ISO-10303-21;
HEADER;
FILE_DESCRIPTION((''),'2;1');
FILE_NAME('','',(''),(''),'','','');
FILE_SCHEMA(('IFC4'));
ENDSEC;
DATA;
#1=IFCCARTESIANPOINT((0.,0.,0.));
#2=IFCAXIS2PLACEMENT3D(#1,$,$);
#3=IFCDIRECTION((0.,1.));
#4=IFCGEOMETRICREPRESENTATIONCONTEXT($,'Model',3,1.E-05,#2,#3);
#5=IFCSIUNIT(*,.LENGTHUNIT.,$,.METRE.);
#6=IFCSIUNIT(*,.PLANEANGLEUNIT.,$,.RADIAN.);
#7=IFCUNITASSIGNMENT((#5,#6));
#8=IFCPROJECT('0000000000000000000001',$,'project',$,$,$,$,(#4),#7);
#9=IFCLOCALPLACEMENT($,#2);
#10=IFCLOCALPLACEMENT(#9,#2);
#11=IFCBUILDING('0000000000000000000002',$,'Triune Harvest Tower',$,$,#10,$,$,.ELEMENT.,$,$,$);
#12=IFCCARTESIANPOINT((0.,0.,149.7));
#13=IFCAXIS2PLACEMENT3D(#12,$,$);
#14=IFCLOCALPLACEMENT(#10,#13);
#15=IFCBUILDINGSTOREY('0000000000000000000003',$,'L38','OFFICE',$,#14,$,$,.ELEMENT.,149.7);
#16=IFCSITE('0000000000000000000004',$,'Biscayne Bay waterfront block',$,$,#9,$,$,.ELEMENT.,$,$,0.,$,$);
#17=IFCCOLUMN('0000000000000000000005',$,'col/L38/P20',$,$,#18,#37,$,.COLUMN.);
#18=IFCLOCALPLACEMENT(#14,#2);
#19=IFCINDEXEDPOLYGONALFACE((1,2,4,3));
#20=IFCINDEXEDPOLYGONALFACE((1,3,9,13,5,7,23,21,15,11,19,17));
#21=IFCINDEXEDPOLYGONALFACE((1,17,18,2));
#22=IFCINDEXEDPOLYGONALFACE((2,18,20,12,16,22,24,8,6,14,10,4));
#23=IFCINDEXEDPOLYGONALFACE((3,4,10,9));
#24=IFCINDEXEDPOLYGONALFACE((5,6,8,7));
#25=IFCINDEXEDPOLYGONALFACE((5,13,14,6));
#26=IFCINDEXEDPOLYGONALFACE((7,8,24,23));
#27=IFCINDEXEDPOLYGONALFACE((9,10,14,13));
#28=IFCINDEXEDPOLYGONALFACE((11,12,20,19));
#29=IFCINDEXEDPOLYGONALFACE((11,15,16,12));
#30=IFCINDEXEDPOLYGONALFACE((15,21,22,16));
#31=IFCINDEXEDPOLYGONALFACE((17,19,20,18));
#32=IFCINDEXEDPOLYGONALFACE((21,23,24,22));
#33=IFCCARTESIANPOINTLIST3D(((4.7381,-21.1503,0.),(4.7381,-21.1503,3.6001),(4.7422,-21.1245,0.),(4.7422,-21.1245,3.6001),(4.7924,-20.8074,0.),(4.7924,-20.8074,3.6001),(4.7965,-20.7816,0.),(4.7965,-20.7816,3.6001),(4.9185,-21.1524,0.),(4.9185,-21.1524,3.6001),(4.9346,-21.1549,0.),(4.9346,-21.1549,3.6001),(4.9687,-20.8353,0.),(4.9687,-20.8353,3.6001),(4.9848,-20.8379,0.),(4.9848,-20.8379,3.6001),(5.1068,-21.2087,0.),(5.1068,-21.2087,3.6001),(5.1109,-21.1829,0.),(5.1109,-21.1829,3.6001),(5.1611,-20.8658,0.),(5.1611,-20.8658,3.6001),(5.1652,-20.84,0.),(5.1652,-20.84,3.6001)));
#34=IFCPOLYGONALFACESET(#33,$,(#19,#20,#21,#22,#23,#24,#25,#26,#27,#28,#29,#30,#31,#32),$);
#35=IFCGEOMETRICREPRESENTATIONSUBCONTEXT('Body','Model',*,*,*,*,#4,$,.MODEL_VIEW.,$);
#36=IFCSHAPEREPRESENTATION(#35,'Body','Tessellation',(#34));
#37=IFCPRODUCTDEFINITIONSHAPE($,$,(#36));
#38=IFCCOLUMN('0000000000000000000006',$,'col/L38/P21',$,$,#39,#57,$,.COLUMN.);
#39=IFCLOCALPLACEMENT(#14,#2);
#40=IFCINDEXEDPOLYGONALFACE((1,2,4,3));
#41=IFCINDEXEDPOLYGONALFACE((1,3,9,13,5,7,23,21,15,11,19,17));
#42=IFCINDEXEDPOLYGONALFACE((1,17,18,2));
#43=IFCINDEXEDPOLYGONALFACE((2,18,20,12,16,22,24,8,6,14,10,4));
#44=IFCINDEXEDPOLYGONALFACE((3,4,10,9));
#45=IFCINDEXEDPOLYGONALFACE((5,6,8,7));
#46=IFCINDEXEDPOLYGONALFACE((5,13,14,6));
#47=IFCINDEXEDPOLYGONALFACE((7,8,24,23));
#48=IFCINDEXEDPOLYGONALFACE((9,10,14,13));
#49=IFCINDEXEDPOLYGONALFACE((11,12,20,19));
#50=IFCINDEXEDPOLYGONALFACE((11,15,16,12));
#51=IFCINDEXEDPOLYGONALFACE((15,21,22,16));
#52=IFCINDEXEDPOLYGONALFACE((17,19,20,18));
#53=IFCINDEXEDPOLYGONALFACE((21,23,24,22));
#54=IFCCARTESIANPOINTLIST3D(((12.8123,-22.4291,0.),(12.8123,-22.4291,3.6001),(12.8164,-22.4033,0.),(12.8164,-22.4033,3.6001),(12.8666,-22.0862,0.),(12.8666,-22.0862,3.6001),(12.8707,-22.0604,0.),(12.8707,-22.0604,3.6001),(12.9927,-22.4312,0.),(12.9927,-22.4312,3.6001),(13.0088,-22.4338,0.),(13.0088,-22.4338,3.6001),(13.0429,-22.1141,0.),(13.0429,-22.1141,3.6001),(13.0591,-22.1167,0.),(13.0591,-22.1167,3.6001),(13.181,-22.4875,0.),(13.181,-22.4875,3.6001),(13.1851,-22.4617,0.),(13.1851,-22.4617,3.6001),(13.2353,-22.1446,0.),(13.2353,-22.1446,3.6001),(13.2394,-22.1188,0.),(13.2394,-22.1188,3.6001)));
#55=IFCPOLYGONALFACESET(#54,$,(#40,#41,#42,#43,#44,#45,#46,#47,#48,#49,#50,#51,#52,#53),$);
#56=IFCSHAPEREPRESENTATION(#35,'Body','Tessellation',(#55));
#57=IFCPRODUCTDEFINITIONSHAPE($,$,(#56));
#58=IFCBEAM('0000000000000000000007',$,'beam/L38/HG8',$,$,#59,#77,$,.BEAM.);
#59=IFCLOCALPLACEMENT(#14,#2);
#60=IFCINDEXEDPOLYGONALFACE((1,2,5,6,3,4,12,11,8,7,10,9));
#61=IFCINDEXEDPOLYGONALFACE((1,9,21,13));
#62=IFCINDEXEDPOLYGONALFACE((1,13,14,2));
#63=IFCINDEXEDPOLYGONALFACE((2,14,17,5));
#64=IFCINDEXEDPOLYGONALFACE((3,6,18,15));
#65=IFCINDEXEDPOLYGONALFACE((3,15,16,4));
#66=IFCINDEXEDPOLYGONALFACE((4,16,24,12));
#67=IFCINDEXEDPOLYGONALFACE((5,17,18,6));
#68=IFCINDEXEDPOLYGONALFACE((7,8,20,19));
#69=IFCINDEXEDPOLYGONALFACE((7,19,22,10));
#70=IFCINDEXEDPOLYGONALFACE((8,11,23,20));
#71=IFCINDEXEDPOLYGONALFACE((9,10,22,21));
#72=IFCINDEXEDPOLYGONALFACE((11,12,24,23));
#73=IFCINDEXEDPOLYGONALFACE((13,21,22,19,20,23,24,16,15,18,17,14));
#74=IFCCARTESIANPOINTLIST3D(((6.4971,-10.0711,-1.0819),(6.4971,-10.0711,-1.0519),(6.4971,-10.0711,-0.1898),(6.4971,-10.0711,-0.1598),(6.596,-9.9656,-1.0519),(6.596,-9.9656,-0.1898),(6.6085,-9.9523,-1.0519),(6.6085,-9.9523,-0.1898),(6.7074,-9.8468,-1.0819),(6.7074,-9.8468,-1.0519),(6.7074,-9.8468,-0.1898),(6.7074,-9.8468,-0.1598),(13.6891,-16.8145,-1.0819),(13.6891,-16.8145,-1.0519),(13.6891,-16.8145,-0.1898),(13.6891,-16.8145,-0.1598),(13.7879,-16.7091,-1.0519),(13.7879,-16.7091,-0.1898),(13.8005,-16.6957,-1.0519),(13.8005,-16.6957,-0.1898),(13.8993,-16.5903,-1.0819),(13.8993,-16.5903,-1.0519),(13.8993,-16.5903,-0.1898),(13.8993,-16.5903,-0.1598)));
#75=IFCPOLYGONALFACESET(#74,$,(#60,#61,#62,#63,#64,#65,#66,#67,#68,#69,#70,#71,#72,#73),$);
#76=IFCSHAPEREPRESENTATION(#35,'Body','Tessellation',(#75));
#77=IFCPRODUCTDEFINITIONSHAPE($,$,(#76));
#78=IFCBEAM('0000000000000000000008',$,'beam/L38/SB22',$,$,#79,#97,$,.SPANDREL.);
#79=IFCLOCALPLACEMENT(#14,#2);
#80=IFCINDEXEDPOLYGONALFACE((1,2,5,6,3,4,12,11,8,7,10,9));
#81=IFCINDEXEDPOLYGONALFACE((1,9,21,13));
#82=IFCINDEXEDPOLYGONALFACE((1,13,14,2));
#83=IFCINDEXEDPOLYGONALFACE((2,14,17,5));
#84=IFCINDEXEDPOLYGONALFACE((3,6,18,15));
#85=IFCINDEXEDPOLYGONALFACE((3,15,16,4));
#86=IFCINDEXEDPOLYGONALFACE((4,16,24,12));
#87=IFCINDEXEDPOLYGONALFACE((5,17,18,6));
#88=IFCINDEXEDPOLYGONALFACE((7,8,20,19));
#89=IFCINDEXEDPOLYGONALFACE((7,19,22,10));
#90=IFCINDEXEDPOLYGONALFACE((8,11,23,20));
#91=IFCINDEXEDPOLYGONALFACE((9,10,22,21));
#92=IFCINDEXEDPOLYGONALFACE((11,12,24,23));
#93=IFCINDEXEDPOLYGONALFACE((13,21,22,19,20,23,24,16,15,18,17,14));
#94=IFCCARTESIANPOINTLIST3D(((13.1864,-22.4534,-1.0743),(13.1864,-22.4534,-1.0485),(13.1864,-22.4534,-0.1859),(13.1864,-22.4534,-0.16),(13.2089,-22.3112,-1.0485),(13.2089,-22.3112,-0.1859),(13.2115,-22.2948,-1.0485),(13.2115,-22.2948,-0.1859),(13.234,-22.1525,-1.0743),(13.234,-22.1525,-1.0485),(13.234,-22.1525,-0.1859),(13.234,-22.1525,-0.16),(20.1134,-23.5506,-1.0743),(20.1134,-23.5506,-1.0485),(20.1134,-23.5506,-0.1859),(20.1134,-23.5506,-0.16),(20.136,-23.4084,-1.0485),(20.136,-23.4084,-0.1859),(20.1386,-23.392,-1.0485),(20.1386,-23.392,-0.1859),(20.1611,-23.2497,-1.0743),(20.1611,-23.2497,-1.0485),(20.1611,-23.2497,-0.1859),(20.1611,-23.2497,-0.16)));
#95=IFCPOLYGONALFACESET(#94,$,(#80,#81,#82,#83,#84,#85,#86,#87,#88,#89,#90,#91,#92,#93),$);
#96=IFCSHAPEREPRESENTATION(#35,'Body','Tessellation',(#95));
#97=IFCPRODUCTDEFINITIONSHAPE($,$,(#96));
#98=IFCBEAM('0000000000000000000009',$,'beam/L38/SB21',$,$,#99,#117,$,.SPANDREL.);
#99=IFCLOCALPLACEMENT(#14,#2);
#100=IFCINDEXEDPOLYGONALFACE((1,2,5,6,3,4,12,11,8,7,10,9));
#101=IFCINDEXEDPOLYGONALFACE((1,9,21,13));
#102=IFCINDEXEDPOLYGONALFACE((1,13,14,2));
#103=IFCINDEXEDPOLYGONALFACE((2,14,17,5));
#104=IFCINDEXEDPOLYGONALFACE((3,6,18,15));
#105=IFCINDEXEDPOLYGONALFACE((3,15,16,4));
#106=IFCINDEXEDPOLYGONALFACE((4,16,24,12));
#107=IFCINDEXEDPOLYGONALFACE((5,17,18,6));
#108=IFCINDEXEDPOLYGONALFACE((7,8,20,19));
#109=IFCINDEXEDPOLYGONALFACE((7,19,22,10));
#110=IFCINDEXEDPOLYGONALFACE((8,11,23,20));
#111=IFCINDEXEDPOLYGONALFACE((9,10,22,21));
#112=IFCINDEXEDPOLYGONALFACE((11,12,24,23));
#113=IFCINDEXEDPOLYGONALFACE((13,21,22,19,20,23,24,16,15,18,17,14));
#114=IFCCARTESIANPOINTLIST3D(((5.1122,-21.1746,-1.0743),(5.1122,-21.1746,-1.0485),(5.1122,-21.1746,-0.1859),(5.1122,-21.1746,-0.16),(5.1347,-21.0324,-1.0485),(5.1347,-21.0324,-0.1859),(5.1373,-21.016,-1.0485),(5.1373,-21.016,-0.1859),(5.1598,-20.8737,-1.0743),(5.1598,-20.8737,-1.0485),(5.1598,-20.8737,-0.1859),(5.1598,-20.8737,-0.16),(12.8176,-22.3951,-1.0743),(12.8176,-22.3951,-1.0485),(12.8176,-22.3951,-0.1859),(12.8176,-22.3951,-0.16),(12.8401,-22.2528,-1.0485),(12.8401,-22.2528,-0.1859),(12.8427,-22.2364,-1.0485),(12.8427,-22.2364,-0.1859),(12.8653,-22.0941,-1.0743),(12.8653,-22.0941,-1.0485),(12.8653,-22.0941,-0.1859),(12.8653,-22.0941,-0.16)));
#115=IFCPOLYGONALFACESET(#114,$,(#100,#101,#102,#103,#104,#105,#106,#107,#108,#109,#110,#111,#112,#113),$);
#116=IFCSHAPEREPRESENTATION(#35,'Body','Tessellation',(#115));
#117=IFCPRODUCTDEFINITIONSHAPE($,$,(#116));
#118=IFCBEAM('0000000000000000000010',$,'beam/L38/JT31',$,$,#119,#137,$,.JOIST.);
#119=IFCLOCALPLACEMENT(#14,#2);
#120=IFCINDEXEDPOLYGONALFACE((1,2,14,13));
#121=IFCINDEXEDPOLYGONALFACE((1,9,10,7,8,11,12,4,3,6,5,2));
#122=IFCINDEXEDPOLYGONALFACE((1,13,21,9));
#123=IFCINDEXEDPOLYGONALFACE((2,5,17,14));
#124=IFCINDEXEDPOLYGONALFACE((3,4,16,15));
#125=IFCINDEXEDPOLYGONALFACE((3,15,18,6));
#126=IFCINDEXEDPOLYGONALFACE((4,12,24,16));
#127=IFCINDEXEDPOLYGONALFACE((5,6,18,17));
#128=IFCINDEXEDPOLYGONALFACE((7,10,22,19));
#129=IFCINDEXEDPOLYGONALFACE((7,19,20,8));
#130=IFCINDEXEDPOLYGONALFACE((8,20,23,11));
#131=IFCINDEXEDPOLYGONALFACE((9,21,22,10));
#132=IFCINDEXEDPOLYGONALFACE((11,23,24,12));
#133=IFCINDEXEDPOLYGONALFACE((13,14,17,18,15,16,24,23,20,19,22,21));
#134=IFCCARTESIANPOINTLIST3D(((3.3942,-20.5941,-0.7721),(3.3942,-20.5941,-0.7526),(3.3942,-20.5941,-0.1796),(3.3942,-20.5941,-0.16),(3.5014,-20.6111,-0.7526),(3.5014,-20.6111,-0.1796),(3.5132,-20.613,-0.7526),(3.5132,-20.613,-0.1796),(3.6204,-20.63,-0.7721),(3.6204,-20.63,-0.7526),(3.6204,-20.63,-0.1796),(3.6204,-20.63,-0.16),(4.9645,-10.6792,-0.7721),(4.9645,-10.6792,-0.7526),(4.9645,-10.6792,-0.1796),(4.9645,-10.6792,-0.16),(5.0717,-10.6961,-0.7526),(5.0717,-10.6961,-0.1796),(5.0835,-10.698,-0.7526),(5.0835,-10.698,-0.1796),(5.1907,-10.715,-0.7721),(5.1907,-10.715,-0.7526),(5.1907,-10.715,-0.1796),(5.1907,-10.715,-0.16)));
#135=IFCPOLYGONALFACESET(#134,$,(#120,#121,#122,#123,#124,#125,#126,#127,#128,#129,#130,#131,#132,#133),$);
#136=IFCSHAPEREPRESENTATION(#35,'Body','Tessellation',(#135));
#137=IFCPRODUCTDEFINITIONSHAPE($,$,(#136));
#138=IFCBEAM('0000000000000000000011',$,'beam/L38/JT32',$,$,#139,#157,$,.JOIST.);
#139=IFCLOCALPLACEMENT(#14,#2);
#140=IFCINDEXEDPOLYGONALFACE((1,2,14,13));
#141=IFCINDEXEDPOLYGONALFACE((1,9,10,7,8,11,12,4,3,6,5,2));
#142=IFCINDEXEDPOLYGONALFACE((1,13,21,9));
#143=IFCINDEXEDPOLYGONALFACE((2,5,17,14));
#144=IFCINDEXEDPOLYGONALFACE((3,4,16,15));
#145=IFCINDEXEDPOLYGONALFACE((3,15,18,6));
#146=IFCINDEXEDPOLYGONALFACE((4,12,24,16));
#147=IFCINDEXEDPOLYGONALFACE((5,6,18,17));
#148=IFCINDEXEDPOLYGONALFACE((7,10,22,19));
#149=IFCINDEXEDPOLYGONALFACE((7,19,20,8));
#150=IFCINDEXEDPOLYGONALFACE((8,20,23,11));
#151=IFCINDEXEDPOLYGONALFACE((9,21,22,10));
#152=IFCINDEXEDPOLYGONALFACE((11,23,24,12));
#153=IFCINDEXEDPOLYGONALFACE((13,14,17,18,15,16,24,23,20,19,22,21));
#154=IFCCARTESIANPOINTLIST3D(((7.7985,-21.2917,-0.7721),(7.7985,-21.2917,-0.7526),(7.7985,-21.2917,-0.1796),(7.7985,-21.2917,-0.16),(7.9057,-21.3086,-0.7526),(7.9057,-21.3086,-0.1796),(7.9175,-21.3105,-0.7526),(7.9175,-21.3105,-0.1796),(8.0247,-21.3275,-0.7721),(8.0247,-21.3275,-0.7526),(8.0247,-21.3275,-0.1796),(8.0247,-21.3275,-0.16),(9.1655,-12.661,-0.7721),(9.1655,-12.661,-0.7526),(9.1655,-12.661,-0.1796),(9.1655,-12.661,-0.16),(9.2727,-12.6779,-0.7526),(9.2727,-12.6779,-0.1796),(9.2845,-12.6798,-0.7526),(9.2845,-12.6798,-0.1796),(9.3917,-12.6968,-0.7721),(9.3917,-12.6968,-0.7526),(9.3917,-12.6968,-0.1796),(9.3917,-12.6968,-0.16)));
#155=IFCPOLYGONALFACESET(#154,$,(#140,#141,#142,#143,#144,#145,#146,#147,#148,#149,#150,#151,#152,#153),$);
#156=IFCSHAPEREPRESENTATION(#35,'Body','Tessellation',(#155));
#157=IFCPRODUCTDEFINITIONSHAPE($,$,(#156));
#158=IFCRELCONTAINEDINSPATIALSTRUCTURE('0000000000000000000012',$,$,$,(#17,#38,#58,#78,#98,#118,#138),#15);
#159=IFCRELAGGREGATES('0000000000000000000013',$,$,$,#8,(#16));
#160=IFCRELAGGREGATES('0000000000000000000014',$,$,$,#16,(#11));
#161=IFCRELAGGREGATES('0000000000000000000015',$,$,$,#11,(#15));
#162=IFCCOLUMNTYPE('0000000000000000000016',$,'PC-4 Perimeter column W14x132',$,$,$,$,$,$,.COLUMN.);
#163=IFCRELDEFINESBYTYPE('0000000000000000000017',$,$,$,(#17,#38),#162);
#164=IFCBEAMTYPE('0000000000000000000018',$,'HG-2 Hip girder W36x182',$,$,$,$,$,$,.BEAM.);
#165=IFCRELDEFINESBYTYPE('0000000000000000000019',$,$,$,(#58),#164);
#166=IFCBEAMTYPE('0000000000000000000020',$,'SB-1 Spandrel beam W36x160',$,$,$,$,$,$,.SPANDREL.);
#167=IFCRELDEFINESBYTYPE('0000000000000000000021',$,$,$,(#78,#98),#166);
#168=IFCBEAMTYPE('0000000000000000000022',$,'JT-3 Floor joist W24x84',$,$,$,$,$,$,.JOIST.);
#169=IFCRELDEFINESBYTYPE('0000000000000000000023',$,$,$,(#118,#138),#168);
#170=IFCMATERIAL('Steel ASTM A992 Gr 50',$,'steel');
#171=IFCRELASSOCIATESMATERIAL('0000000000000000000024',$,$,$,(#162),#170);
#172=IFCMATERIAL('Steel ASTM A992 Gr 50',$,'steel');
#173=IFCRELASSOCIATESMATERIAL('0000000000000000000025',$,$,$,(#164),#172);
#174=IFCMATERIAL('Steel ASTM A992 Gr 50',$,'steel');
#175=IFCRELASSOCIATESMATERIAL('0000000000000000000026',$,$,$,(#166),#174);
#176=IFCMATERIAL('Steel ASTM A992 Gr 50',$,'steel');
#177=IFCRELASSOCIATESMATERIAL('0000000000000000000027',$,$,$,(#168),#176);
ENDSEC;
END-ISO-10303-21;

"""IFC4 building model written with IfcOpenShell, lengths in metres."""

from ifc_helpers import new_model, si_unit, direction, frame, origin, origin_2d, place, context, subcontext, project, spatial, i_section, extrude, source, transform, mapped, material, material_profile, profile_set, type_object, element, save


model = new_model("IFC4")

# Units and contexts
model_context = context("Model", 3, precision=1e-05, world=origin(), true_north=direction((0.0, 1.0)))
body_context = subcontext(model_context, "Body", "Model", "MODEL_VIEW")
ifc_project = project(units=[si_unit("LENGTHUNIT", "METRE"), si_unit("PLANEANGLEUNIT", "RADIAN")], contexts=[model_context])

# Site, building, storey
site_placement = place(None, origin())
site = spatial("IfcSite", under=ifc_project, at=site_placement, Name="Biscayne Bay waterfront block", CompositionType="ELEMENT", RefElevation=0.0)
building_placement = place(site_placement, origin())
building = spatial("IfcBuilding", under=site, at=building_placement, Name="Triune Harvest Tower", CompositionType="ELEMENT")
storey_placement = place(building_placement, frame((0.0, 0.0, 149.7)))
storey = spatial("IfcBuildingStorey", under=building, at=storey_placement, Name="L38", Description="OFFICE", CompositionType="ELEMENT", Elevation=149.7)

# Columns
ifc_material_1 = material(Name="Steel ASTM A992 Gr 50", Category="steel")
ifc_material_profile_1 = material_profile(ifc_material_1, i_section(OverallWidth=0.3733, OverallDepth=0.3733, WebThickness=0.0164, FlangeThickness=0.0261, at=origin_2d()), Name="W14x132")
ifc_profile_set_1 = profile_set([ifc_material_profile_1], Name="Steel ASTM A992 Gr 50")
column_type = type_object("IfcColumnType", Name="PC-4 Perimeter column W14x132", PredefinedType="COLUMN", material=ifc_profile_set_1)
shared_shape_1 = source(origin(), body_context, "Body", "SweptSolid", [
    extrude(i_section(OverallWidth=0.3733, OverallDepth=0.3733, WebThickness=0.0164, FlangeThickness=0.0261, at=origin_2d()), origin(), (0.0, 0.0, 1.0), 3.6001),
])
for number, where, z_axis, x_axis, name in (
    (1, (4.9517, -20.9951, 0.0), (0.0, 0.0, 1.0), (0.987688, -0.156434, 0.0), "col/L38/P20"),
    (2, (13.0259, -22.2739, 0.0), (0.0, 0.0, 1.0), (0.987688, -0.156434, 0.0), "col/L38/P21"),
):
    element("IfcColumn", number, at=place(storey_placement, frame(where, z_axis=z_axis, x_axis=x_axis)), inside=storey, type_object=column_type, Name=name, PredefinedType="COLUMN", context=body_context, shape_type="MappedRepresentation", body=[
        mapped(shared_shape_1, transform((0.0, 0.0, 0.0), scale=1.0)),
    ])

# Beams
ifc_material_2 = material(Name="Steel ASTM A992 Gr 50", Category="steel")
ifc_material_profile_2 = material_profile(ifc_material_2, i_section(OverallWidth=0.3074, OverallDepth=0.9221, WebThickness=0.0183, FlangeThickness=0.03, at=origin_2d()), Name="W36x182")
ifc_profile_set_2 = profile_set([ifc_material_profile_2], Name="Steel ASTM A992 Gr 50")
beam_type_1 = type_object("IfcBeamType", Name="HG-2 Hip girder W36x182", PredefinedType="BEAM", material=ifc_profile_set_2)
shared_shape_2 = source(origin(), body_context, "Body", "SweptSolid", [
    extrude(i_section(OverallWidth=0.3074, OverallDepth=0.9221, WebThickness=0.0183, FlangeThickness=0.03, at=origin_2d()), origin(), (0.0, 0.0, 1.0), 9.8589),
])
beam_1_placement = place(storey_placement, frame((13.7942, -16.7024, -0.6208), z_axis=(-0.729486, 0.683995, 0.0), x_axis=(-0.683995, -0.729486, 0.0)))
element("IfcBeam", 3, at=beam_1_placement, inside=storey, type_object=beam_type_1, Name="beam/L38/HG8", PredefinedType="BEAM", context=body_context, shape_type="MappedRepresentation", body=[
    mapped(shared_shape_2, transform((0.0, 0.0, 0.0), scale=1.0)),
])
ifc_material_3 = material(Name="Steel ASTM A992 Gr 50", Category="steel")
ifc_material_profile_3 = material_profile(ifc_material_3, i_section(OverallWidth=0.3047, OverallDepth=0.9143, WebThickness=0.0166, FlangeThickness=0.0259, at=origin_2d()), Name="W36x160")
ifc_profile_set_3 = profile_set([ifc_material_profile_3], Name="Steel ASTM A992 Gr 50")
beam_type_2 = type_object("IfcBeamType", Name="SB-1 Spandrel beam W36x160", PredefinedType="SPANDREL", material=ifc_profile_set_3)
shared_shape_3 = source(origin(), body_context, "Body", "SweptSolid", [
    extrude(i_section(OverallWidth=0.3047, OverallDepth=0.9143, WebThickness=0.0166, FlangeThickness=0.0259, at=origin_2d()), origin(), (0.0, 0.0, 1.0), 7.0134),
])
beam_2_placement = place(storey_placement, frame((13.2102, -22.303, -0.6172), z_axis=(0.987687, -0.15644, 0.0), x_axis=(0.15644, 0.987687, 0.0)))
element("IfcBeam", 4, at=beam_2_placement, inside=storey, type_object=beam_type_2, Name="beam/L38/SB22", PredefinedType="SPANDREL", context=body_context, shape_type="MappedRepresentation", body=[
    mapped(shared_shape_3, transform((0.0, 0.0, 0.0), scale=1.0)),
])
shared_shape_4 = source(origin(), body_context, "Body", "SweptSolid", [
    extrude(i_section(OverallWidth=0.3047, OverallDepth=0.9143, WebThickness=0.0166, FlangeThickness=0.0259, at=origin_2d()), origin(), (0.0, 0.0, 1.0), 7.8015),
])
beam_3_placement = place(storey_placement, frame((5.136, -21.0242, -0.6172), z_axis=(0.987688, -0.156437, 0.0), x_axis=(0.156437, 0.987688, 0.0)))
element("IfcBeam", 5, at=beam_3_placement, inside=storey, type_object=beam_type_2, Name="beam/L38/SB21", PredefinedType="SPANDREL", context=body_context, shape_type="MappedRepresentation", body=[
    mapped(shared_shape_4, transform((0.0, 0.0, 0.0), scale=1.0)),
])
ifc_material_4 = material(Name="Steel ASTM A992 Gr 50", Category="steel")
ifc_material_profile_4 = material_profile(ifc_material_4, i_section(OverallWidth=0.229, OverallDepth=0.6121, WebThickness=0.012, FlangeThickness=0.0195, at=origin_2d()), Name="W24x84")
ifc_profile_set_4 = profile_set([ifc_material_profile_4], Name="Steel ASTM A992 Gr 50")
beam_type_3 = type_object("IfcBeamType", Name="JT-3 Floor joist W24x84", PredefinedType="JOIST", material=ifc_profile_set_4)
shared_shape_5 = source(origin(), body_context, "Body", "SweptSolid", [
    extrude(i_section(OverallWidth=0.229, OverallDepth=0.6121, WebThickness=0.012, FlangeThickness=0.0195, at=origin_2d()), origin(), (0.0, 0.0, 1.0), 10.0386),
])
beam_4_placement = place(storey_placement, frame((3.5073, -20.6121, -0.4661), z_axis=(0.156427, 0.98769, 0.0), x_axis=(-0.98769, 0.156427, 0.0)))
element("IfcBeam", 6, at=beam_4_placement, inside=storey, type_object=beam_type_3, Name="beam/L38/JT31", PredefinedType="JOIST", context=body_context, shape_type="MappedRepresentation", body=[
    mapped(shared_shape_5, transform((0.0, 0.0, 0.0), scale=1.0)),
])
shared_shape_6 = source(origin(), body_context, "Body", "SweptSolid", [
    extrude(i_section(OverallWidth=0.229, OverallDepth=0.6121, WebThickness=0.012, FlangeThickness=0.0195, at=origin_2d()), origin(), (0.0, 0.0, 1.0), 8.7383),
])
beam_5_placement = place(storey_placement, frame((7.9116, -21.3096, -0.4661), z_axis=(0.156433, 0.987689, 0.0), x_axis=(-0.987689, 0.156433, 0.0)))
element("IfcBeam", 7, at=beam_5_placement, inside=storey, type_object=beam_type_3, Name="beam/L38/JT32", PredefinedType="JOIST", context=body_context, shape_type="MappedRepresentation", body=[
    mapped(shared_shape_6, transform((0.0, 0.0, 0.0), scale=1.0)),
])

save(model, "model.ifc")
